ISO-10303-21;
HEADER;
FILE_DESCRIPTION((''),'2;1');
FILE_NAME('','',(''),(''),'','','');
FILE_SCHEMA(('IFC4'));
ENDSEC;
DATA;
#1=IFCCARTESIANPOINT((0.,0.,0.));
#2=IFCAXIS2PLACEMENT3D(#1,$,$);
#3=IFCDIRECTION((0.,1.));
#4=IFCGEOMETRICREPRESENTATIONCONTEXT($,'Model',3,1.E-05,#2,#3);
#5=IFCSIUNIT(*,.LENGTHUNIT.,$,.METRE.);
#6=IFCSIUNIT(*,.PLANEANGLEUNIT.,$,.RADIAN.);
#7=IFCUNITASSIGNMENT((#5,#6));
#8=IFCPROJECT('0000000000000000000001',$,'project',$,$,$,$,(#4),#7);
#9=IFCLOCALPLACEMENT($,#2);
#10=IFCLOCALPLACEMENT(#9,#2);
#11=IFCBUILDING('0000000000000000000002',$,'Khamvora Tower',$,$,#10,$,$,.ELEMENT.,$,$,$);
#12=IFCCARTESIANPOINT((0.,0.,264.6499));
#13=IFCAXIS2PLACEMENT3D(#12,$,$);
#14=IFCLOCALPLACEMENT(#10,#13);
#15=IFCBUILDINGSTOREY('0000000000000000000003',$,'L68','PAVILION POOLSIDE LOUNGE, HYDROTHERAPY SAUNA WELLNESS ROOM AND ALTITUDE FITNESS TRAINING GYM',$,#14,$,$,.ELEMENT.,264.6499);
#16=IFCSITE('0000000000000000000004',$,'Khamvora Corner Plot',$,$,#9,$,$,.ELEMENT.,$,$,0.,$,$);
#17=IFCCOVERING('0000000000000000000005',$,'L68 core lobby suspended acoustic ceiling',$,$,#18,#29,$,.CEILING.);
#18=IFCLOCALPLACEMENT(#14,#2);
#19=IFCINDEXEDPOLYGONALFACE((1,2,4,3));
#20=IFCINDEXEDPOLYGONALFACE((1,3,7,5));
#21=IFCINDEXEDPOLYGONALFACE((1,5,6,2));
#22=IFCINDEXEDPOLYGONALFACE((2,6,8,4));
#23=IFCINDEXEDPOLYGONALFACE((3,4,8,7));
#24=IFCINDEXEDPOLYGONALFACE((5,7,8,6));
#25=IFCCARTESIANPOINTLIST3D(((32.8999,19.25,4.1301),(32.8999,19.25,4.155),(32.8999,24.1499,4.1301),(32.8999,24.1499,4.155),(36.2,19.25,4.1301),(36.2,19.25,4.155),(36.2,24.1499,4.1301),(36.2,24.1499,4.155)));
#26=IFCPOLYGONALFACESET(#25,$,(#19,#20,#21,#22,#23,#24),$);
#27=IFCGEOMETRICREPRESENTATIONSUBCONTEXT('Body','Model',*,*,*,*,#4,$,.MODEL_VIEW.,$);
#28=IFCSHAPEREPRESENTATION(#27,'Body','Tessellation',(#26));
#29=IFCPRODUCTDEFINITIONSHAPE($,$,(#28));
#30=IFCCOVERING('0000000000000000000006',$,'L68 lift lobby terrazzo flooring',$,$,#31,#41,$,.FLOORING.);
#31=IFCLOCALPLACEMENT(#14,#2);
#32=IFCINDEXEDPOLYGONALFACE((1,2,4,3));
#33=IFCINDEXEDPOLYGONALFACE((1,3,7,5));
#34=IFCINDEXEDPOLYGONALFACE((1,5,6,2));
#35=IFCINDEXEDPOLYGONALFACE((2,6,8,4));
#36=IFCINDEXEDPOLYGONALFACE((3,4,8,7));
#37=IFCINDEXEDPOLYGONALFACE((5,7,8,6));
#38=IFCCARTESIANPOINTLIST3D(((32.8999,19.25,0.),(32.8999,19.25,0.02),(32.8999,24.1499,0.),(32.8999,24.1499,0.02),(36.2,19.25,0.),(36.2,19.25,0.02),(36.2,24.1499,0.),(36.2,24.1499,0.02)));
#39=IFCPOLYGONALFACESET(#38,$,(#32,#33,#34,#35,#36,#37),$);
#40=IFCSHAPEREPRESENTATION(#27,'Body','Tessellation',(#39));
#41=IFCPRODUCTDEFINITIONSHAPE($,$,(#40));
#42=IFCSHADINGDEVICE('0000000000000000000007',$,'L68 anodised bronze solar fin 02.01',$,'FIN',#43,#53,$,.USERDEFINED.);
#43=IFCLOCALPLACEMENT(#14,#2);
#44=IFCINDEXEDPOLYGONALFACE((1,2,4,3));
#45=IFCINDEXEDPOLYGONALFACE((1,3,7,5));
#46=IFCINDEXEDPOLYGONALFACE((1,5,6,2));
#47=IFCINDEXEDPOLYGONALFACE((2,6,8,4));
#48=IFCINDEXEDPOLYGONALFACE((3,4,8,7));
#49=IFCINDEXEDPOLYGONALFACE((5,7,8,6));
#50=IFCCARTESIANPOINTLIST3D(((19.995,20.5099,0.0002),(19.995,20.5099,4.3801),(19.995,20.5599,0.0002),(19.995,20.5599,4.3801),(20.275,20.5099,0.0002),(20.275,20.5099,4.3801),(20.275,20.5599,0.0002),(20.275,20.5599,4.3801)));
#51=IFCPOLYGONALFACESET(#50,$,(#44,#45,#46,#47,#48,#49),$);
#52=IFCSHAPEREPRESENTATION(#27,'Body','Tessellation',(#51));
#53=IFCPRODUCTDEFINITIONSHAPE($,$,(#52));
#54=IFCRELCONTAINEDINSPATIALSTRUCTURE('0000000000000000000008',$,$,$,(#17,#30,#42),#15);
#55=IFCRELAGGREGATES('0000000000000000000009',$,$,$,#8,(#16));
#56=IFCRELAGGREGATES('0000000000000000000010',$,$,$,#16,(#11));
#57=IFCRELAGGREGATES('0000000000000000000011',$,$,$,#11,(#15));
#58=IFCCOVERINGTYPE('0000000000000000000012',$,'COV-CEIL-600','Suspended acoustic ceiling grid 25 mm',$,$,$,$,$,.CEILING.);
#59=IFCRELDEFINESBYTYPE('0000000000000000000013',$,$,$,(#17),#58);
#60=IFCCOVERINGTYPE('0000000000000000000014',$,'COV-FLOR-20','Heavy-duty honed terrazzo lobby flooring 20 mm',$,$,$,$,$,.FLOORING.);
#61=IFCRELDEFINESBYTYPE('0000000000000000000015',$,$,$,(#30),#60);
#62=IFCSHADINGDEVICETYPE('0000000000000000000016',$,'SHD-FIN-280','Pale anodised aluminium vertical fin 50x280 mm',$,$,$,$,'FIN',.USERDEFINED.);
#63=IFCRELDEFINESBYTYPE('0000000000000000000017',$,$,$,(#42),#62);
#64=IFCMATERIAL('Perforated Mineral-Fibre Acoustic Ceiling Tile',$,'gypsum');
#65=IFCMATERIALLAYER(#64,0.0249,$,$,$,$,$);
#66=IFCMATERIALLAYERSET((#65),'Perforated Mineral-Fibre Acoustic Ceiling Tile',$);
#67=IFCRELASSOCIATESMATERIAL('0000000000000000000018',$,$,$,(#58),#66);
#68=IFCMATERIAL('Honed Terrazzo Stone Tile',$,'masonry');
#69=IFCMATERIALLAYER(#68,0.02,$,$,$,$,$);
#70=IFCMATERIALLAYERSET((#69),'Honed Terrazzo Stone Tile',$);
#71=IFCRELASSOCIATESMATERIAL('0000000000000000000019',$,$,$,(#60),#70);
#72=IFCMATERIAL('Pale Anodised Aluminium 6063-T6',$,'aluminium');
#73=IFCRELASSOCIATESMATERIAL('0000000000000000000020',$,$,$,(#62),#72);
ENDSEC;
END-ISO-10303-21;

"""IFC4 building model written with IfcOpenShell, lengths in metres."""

from ifc_helpers import new_model, si_unit, direction, frame, origin, origin_2d, place, context, subcontext, project, spatial, polyline, rectangle, outline, extrude, material, layer, layer_set, type_object, element, save


model = new_model("IFC4")

# Units and contexts
model_context = context("Model", 3, precision=1e-05, world=origin(), true_north=direction((0.0, 1.0)))
body_context = subcontext(model_context, "Body", "Model", "MODEL_VIEW")
ifc_project = project(units=[si_unit("LENGTHUNIT", "METRE"), si_unit("PLANEANGLEUNIT", "RADIAN")], contexts=[model_context])

# Site, building, storey
site_placement = place(None, origin())
site = spatial("IfcSite", under=ifc_project, at=site_placement, Name="Khamvora Corner Plot", CompositionType="ELEMENT", RefElevation=0.0)
building_placement = place(site_placement, origin())
building = spatial("IfcBuilding", under=site, at=building_placement, Name="Khamvora Tower", CompositionType="ELEMENT")
storey_placement = place(building_placement, frame((0.0, 0.0, 264.6499)))
storey = spatial("IfcBuildingStorey", under=building, at=storey_placement, Name="L68", Description="PAVILION POOLSIDE LOUNGE, HYDROTHERAPY SAUNA WELLNESS ROOM AND ALTITUDE FITNESS TRAINING GYM", CompositionType="ELEMENT", Elevation=264.6499)

# Coverings
ifc_material_1 = material(Name="Perforated Mineral-Fibre Acoustic Ceiling Tile", Category="gypsum")
ifc_layer_1 = layer(ifc_material_1, 0.0249)
ifc_layer_set_1 = layer_set([ifc_layer_1], Name="Perforated Mineral-Fibre Acoustic Ceiling Tile")
covering_type_1 = type_object("IfcCoveringType", Name="COV-CEIL-600", Description="Suspended acoustic ceiling grid 25 mm", PredefinedType="CEILING", material=ifc_layer_set_1)
covering_1_placement = place(storey_placement, frame((0.0, 0.0, 4.1301)))
element("IfcCovering", 1, at=covering_1_placement, inside=storey, type_object=covering_type_1, Name="L68 core lobby suspended acoustic ceiling", PredefinedType="CEILING", context=body_context, shape_type="SweptSolid", body=[
    extrude(outline(polyline([(32.8999, 19.25), (36.2, 19.25), (36.2, 24.1499), (32.8999, 24.1499), (32.8999, 19.25)])), origin(), (0.0, 0.0, 1.0), 0.0249),
])
ifc_material_2 = material(Name="Honed Terrazzo Stone Tile", Category="masonry")
ifc_layer_2 = layer(ifc_material_2, 0.02)
ifc_layer_set_2 = layer_set([ifc_layer_2], Name="Honed Terrazzo Stone Tile")
covering_type_2 = type_object("IfcCoveringType", Name="COV-FLOR-20", Description="Heavy-duty honed terrazzo lobby flooring 20 mm", PredefinedType="FLOORING", material=ifc_layer_set_2)
covering_2_placement = place(storey_placement, origin())
element("IfcCovering", 2, at=covering_2_placement, inside=storey, type_object=covering_type_2, Name="L68 lift lobby terrazzo flooring", PredefinedType="FLOORING", context=body_context, shape_type="SweptSolid", body=[
    extrude(outline(polyline([(32.8999, 19.25), (36.2, 19.25), (36.2, 24.1499), (32.8999, 24.1499), (32.8999, 19.25)])), origin(), (0.0, 0.0, 1.0), 0.02),
])

# Shading device
ifc_material_3 = material(Name="Pale Anodised Aluminium 6063-T6", Category="aluminium")
shading_device_type = type_object("IfcShadingDeviceType", Name="SHD-FIN-280", Description="Pale anodised aluminium vertical fin 50x280 mm", ElementType="FIN", PredefinedType="USERDEFINED", material=ifc_material_3)
shading_device_placement = place(storey_placement, frame((20.135, 20.5349, 0.0002), z_axis=(0.0, 0.0, 1.0), x_axis=(0.0, 1.0, 0.0)))
element("IfcShadingDevice", 3, at=shading_device_placement, inside=storey, type_object=shading_device_type, Name="L68 anodised bronze solar fin 02.01", ObjectType="FIN", PredefinedType="USERDEFINED", context=body_context, shape_type="SweptSolid", body=[
    extrude(rectangle(XDim=0.05, YDim=0.28, at=origin_2d()), origin(), (0.0, 0.0, 1.0), 4.3799),
])

save(model, "model.ifc")
